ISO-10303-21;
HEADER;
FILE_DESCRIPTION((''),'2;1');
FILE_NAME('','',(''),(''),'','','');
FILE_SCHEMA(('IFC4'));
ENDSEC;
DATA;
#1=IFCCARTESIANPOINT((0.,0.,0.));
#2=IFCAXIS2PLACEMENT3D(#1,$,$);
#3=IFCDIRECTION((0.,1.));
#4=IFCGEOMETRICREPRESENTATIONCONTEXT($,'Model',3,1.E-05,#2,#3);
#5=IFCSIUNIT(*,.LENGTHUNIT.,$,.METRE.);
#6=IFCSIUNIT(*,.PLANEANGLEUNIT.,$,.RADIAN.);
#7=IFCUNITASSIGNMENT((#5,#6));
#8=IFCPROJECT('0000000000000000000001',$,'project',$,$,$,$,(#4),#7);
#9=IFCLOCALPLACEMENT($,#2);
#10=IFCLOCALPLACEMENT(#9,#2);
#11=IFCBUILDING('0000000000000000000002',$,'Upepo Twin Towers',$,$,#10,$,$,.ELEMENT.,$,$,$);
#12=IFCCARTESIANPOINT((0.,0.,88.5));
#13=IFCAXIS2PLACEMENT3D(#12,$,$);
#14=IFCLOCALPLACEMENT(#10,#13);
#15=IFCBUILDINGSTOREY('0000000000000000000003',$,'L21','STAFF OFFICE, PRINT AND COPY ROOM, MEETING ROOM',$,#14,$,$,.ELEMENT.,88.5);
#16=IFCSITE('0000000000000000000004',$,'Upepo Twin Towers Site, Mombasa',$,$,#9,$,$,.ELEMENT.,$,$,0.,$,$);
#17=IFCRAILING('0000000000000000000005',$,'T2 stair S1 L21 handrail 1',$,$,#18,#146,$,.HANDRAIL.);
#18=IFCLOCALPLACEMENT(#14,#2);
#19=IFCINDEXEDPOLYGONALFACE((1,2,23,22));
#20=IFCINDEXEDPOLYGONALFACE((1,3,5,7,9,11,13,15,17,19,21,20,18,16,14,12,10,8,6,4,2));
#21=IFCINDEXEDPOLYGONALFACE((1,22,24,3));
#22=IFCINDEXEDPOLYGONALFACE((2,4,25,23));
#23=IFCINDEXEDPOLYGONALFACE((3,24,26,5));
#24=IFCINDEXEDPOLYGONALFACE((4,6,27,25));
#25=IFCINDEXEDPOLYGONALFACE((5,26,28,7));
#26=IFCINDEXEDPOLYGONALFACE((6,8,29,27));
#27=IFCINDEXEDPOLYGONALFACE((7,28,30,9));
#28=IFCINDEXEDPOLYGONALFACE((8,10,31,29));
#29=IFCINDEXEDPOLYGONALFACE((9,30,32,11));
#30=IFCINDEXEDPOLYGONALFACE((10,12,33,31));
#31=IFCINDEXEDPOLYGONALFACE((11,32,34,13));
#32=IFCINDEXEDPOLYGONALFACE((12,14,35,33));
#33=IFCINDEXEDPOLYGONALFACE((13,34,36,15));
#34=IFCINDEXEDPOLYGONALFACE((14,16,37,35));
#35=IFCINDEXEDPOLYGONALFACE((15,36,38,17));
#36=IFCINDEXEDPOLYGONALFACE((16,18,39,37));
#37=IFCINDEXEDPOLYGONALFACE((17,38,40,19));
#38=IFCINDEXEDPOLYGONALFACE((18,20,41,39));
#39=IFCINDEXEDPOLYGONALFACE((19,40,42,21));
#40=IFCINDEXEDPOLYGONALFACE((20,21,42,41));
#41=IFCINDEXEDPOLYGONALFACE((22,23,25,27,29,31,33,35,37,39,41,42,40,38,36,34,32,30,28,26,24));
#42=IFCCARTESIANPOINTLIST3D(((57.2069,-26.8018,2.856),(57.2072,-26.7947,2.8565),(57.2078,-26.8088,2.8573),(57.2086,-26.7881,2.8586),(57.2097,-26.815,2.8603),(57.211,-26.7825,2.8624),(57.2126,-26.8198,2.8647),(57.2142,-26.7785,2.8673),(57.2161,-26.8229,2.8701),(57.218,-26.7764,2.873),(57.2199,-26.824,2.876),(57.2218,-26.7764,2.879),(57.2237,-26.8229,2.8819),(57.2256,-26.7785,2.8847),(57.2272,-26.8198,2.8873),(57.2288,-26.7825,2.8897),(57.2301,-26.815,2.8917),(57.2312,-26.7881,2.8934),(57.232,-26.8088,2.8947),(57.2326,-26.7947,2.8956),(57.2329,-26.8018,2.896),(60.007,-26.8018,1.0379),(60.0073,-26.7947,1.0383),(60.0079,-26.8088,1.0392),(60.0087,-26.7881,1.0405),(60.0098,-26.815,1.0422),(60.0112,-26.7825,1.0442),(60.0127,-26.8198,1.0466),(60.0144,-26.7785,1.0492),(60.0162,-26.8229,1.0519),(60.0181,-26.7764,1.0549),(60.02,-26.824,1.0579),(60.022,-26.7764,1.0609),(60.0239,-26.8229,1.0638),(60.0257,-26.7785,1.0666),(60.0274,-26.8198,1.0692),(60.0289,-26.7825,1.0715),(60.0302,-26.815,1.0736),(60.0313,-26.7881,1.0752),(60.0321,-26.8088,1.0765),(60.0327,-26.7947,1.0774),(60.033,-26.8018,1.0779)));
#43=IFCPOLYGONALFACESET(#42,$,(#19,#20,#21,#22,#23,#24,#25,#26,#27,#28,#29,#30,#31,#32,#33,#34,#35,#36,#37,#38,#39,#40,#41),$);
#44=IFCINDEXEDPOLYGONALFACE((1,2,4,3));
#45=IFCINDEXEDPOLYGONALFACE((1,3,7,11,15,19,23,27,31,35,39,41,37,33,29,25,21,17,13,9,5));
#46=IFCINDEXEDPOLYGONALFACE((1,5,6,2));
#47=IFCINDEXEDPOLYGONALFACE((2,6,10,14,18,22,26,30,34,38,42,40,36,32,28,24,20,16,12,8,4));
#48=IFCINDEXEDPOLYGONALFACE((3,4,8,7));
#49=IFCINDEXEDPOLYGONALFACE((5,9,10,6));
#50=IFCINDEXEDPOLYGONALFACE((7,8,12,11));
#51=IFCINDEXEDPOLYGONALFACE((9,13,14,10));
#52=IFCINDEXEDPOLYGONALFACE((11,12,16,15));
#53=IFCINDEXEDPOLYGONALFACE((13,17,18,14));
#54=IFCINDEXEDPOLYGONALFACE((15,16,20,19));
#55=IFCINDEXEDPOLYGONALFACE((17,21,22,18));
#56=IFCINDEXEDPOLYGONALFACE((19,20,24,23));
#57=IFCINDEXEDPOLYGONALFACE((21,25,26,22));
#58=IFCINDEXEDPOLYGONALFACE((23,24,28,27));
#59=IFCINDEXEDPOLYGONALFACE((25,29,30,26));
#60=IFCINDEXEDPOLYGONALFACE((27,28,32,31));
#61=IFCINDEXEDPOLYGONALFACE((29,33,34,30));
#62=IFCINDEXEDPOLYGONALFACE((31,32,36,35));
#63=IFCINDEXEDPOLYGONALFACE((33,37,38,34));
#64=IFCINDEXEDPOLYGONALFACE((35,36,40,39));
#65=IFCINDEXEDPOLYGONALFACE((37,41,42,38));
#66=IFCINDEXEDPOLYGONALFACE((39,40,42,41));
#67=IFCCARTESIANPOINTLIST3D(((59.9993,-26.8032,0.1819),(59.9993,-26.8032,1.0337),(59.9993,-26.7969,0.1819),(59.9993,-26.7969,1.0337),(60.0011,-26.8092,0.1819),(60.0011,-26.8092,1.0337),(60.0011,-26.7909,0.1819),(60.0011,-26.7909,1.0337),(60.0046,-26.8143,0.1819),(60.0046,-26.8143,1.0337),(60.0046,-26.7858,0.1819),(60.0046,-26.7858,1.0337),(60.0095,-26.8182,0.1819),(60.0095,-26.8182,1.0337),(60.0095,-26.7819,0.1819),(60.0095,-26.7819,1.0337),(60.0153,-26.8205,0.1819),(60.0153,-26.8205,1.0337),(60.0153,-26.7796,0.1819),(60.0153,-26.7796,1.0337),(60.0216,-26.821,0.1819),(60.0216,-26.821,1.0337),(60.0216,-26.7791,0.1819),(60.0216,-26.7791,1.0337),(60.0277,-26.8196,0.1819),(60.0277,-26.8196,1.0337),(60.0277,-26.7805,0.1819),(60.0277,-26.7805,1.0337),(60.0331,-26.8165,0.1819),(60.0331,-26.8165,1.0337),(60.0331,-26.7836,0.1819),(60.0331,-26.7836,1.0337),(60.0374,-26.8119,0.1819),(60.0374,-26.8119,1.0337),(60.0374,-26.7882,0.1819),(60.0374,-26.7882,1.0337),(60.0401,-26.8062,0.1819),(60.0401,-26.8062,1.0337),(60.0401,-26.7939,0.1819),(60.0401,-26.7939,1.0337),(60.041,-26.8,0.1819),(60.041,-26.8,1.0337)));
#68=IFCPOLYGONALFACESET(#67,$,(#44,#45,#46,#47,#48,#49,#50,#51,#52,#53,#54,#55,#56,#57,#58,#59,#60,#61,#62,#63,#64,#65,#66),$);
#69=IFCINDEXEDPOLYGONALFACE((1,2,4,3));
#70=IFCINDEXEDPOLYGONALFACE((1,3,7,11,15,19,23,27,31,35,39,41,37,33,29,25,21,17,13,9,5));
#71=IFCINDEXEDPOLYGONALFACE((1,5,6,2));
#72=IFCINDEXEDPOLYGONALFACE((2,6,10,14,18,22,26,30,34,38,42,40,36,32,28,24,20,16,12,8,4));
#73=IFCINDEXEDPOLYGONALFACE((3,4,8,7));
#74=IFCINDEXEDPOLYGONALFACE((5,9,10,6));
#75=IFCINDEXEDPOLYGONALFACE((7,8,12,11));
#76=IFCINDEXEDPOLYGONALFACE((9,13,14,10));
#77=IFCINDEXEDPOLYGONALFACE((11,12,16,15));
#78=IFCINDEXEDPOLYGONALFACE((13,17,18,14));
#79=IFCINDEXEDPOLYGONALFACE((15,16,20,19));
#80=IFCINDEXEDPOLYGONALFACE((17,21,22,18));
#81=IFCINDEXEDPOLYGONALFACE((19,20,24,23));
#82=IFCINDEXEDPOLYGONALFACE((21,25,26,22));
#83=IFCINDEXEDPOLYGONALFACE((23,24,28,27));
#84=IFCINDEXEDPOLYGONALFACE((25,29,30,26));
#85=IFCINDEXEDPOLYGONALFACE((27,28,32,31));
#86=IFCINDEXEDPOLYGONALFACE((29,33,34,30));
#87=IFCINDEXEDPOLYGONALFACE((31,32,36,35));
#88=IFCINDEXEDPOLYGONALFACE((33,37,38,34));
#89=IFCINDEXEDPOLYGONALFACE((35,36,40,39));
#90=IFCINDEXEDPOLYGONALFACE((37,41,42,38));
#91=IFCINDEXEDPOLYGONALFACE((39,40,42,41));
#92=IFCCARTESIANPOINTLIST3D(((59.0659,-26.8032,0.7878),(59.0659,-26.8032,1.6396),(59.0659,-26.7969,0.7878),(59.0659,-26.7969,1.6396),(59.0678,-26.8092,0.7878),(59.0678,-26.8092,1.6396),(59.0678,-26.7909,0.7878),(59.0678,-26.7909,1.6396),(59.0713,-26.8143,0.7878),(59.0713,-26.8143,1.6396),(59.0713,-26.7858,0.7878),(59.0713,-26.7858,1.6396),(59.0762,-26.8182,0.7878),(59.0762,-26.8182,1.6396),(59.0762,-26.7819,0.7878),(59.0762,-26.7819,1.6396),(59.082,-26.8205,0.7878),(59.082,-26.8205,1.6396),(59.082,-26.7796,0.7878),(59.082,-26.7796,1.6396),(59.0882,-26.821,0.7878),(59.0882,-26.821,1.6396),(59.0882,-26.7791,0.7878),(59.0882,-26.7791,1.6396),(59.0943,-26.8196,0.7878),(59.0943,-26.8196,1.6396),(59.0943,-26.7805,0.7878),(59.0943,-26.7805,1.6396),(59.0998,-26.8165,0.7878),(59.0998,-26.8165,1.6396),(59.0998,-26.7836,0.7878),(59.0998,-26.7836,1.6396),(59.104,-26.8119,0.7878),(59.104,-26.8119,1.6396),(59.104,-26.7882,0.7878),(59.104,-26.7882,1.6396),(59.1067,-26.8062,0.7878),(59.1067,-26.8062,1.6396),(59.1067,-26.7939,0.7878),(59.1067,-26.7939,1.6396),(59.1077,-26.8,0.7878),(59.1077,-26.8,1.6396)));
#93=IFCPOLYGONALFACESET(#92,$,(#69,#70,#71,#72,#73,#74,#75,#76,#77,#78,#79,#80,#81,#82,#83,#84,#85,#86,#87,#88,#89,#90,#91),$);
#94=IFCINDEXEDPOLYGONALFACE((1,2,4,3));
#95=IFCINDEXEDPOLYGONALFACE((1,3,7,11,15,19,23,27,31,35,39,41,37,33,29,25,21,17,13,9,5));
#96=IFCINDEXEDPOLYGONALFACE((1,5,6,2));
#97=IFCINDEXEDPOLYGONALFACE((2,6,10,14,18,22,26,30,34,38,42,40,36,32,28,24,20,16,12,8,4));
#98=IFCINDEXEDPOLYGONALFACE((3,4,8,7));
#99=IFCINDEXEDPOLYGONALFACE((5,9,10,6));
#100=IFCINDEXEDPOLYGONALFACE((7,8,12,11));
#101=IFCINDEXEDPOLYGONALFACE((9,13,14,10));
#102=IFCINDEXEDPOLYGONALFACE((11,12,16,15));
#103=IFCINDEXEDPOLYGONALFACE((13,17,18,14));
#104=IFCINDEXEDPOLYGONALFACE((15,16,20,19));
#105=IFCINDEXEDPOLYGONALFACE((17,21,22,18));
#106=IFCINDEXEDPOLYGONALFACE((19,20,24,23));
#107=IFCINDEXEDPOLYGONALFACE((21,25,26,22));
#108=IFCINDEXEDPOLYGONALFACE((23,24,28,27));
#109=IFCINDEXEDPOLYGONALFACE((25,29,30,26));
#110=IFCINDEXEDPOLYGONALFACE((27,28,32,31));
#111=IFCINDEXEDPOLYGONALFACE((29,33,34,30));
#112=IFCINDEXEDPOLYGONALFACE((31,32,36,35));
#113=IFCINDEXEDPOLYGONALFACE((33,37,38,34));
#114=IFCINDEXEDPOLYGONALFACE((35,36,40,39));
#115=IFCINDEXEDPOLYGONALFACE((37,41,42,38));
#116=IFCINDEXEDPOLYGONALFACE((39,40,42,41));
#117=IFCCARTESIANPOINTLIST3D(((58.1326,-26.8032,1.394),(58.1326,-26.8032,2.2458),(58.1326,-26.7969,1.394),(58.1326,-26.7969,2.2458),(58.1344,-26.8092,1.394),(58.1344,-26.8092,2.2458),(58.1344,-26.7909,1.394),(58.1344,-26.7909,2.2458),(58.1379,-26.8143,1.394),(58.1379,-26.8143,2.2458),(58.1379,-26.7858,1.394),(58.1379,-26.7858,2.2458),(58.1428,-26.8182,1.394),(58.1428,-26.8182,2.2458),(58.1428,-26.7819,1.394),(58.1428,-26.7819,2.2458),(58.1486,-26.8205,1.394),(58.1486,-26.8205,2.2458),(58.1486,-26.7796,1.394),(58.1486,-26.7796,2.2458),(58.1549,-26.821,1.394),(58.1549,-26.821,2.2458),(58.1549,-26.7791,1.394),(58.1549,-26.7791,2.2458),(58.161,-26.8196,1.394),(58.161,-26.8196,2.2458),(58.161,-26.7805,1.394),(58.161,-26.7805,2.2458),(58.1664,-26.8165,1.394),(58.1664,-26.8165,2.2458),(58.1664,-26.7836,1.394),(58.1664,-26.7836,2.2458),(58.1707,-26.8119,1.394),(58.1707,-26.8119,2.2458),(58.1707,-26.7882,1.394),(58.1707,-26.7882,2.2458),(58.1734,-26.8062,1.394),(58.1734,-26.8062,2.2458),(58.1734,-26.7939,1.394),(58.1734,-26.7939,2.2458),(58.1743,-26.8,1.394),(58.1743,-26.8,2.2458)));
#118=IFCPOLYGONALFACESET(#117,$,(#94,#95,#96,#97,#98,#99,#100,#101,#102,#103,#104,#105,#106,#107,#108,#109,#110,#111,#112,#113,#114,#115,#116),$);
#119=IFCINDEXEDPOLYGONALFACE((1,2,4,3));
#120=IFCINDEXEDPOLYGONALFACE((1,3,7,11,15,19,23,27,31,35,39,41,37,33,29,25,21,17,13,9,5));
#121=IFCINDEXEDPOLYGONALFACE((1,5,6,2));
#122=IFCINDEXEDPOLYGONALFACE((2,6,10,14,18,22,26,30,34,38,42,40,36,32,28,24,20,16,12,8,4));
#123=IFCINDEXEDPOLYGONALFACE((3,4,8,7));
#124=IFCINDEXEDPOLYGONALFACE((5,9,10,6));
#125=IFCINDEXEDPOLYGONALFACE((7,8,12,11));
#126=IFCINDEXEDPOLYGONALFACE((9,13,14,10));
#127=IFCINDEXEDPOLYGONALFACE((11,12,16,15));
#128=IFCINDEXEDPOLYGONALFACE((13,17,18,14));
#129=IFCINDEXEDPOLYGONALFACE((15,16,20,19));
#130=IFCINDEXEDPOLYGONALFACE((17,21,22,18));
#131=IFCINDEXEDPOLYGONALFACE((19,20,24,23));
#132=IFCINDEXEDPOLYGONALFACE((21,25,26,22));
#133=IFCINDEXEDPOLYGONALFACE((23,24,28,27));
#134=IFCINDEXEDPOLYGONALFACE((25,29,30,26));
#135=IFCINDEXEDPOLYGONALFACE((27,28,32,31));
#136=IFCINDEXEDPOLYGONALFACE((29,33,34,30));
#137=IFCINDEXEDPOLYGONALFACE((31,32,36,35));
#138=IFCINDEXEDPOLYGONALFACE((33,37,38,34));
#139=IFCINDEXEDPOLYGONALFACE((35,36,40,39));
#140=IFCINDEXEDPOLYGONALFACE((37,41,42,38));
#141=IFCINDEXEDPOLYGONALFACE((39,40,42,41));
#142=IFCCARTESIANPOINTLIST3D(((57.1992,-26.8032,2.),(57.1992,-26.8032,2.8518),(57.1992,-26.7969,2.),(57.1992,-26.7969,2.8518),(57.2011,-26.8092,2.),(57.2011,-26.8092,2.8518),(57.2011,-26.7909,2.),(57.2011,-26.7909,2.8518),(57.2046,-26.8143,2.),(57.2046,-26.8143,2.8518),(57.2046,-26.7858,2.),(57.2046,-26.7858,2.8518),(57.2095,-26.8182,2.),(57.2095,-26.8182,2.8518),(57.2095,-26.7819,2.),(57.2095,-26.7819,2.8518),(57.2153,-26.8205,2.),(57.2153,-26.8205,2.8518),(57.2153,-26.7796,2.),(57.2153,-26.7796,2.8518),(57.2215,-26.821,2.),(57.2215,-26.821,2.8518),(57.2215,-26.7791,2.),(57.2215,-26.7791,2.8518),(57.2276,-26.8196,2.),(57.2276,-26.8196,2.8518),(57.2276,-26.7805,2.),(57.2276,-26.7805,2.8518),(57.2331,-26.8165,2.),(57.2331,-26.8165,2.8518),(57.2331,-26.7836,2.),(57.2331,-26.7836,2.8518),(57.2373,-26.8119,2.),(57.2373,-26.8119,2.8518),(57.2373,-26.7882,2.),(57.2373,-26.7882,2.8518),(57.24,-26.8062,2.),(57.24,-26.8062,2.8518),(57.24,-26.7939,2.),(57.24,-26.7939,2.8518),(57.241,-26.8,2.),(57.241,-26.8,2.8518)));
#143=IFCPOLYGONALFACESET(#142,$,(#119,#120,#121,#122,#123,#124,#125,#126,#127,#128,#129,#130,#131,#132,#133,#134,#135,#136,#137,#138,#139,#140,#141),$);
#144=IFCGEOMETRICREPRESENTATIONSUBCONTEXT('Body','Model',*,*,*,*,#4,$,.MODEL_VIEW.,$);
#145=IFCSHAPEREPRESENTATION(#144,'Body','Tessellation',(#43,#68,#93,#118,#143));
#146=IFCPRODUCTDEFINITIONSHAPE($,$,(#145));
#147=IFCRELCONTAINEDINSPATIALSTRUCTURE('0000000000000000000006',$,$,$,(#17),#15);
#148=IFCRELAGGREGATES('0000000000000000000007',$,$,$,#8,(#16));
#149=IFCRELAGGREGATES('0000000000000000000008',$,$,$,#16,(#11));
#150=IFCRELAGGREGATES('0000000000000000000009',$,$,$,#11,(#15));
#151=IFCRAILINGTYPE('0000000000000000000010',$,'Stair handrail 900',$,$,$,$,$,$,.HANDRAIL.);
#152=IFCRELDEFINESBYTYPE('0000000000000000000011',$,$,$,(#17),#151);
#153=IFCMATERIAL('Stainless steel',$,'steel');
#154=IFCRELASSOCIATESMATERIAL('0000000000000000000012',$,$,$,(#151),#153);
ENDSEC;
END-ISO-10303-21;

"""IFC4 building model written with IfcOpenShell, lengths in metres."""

from ifc_helpers import new_model, si_unit, direction, frame, origin, origin_2d, place, context, subcontext, project, spatial, circle, extrude, material, type_object, element, save


model = new_model("IFC4")

# Units and contexts
model_context = context("Model", 3, precision=1e-05, world=origin(), true_north=direction((0.0, 1.0)))
body_context = subcontext(model_context, "Body", "Model", "MODEL_VIEW")
ifc_project = project(units=[si_unit("LENGTHUNIT", "METRE"), si_unit("PLANEANGLEUNIT", "RADIAN")], contexts=[model_context])

# Site, building, storey
site_placement = place(None, origin())
site = spatial("IfcSite", under=ifc_project, at=site_placement, Name="Upepo Twin Towers Site, Mombasa", CompositionType="ELEMENT", RefElevation=0.0)
building_placement = place(site_placement, origin())
building = spatial("IfcBuilding", under=site, at=building_placement, Name="Upepo Twin Towers", CompositionType="ELEMENT")
storey_placement = place(building_placement, frame((0.0, 0.0, 88.5)))
storey = spatial("IfcBuildingStorey", under=building, at=storey_placement, Name="L21", Description="STAFF OFFICE, PRINT AND COPY ROOM, MEETING ROOM", CompositionType="ELEMENT", Elevation=88.5)

# Railing
ifc_material_1 = material(Name="Stainless steel", Category="steel")
railing_type = type_object("IfcRailingType", Name="Stair handrail 900", PredefinedType="HANDRAIL", material=ifc_material_1)
railing_1_placement = place(storey_placement, frame((60.02, -26.8, 0.1819)))
element("IfcRailing", 1, at=railing_1_placement, inside=storey, type_object=railing_type, Name="T2 stair S1 L21 handrail 1", PredefinedType="HANDRAIL", context=body_context, shape_type="SweptSolid", body=[
    extrude(circle(Radius=0.0239, at=origin_2d()), frame((0.0, 0.0, 0.876), z_axis=(-0.838706, 0.0, 0.544585), x_axis=(0.0, -1.0, 0.0)), (0.0, 0.0, 1.0), 3.3386),
    extrude(circle(Radius=0.021, at=origin_2d()), origin(), (0.0, 0.0, 1.0), 0.8518),
    extrude(circle(Radius=0.021, at=origin_2d()), frame((-0.9333, 0.0, 0.606)), (0.0, 0.0, 1.0), 0.8518),
    extrude(circle(Radius=0.021, at=origin_2d()), frame((-1.8667, 0.0, 1.2122)), (0.0, 0.0, 1.0), 0.8518),
    extrude(circle(Radius=0.021, at=origin_2d()), frame((-2.8, 0.0, 1.8181)), (0.0, 0.0, 1.0), 0.8518),
])

save(model, "model.ifc")
